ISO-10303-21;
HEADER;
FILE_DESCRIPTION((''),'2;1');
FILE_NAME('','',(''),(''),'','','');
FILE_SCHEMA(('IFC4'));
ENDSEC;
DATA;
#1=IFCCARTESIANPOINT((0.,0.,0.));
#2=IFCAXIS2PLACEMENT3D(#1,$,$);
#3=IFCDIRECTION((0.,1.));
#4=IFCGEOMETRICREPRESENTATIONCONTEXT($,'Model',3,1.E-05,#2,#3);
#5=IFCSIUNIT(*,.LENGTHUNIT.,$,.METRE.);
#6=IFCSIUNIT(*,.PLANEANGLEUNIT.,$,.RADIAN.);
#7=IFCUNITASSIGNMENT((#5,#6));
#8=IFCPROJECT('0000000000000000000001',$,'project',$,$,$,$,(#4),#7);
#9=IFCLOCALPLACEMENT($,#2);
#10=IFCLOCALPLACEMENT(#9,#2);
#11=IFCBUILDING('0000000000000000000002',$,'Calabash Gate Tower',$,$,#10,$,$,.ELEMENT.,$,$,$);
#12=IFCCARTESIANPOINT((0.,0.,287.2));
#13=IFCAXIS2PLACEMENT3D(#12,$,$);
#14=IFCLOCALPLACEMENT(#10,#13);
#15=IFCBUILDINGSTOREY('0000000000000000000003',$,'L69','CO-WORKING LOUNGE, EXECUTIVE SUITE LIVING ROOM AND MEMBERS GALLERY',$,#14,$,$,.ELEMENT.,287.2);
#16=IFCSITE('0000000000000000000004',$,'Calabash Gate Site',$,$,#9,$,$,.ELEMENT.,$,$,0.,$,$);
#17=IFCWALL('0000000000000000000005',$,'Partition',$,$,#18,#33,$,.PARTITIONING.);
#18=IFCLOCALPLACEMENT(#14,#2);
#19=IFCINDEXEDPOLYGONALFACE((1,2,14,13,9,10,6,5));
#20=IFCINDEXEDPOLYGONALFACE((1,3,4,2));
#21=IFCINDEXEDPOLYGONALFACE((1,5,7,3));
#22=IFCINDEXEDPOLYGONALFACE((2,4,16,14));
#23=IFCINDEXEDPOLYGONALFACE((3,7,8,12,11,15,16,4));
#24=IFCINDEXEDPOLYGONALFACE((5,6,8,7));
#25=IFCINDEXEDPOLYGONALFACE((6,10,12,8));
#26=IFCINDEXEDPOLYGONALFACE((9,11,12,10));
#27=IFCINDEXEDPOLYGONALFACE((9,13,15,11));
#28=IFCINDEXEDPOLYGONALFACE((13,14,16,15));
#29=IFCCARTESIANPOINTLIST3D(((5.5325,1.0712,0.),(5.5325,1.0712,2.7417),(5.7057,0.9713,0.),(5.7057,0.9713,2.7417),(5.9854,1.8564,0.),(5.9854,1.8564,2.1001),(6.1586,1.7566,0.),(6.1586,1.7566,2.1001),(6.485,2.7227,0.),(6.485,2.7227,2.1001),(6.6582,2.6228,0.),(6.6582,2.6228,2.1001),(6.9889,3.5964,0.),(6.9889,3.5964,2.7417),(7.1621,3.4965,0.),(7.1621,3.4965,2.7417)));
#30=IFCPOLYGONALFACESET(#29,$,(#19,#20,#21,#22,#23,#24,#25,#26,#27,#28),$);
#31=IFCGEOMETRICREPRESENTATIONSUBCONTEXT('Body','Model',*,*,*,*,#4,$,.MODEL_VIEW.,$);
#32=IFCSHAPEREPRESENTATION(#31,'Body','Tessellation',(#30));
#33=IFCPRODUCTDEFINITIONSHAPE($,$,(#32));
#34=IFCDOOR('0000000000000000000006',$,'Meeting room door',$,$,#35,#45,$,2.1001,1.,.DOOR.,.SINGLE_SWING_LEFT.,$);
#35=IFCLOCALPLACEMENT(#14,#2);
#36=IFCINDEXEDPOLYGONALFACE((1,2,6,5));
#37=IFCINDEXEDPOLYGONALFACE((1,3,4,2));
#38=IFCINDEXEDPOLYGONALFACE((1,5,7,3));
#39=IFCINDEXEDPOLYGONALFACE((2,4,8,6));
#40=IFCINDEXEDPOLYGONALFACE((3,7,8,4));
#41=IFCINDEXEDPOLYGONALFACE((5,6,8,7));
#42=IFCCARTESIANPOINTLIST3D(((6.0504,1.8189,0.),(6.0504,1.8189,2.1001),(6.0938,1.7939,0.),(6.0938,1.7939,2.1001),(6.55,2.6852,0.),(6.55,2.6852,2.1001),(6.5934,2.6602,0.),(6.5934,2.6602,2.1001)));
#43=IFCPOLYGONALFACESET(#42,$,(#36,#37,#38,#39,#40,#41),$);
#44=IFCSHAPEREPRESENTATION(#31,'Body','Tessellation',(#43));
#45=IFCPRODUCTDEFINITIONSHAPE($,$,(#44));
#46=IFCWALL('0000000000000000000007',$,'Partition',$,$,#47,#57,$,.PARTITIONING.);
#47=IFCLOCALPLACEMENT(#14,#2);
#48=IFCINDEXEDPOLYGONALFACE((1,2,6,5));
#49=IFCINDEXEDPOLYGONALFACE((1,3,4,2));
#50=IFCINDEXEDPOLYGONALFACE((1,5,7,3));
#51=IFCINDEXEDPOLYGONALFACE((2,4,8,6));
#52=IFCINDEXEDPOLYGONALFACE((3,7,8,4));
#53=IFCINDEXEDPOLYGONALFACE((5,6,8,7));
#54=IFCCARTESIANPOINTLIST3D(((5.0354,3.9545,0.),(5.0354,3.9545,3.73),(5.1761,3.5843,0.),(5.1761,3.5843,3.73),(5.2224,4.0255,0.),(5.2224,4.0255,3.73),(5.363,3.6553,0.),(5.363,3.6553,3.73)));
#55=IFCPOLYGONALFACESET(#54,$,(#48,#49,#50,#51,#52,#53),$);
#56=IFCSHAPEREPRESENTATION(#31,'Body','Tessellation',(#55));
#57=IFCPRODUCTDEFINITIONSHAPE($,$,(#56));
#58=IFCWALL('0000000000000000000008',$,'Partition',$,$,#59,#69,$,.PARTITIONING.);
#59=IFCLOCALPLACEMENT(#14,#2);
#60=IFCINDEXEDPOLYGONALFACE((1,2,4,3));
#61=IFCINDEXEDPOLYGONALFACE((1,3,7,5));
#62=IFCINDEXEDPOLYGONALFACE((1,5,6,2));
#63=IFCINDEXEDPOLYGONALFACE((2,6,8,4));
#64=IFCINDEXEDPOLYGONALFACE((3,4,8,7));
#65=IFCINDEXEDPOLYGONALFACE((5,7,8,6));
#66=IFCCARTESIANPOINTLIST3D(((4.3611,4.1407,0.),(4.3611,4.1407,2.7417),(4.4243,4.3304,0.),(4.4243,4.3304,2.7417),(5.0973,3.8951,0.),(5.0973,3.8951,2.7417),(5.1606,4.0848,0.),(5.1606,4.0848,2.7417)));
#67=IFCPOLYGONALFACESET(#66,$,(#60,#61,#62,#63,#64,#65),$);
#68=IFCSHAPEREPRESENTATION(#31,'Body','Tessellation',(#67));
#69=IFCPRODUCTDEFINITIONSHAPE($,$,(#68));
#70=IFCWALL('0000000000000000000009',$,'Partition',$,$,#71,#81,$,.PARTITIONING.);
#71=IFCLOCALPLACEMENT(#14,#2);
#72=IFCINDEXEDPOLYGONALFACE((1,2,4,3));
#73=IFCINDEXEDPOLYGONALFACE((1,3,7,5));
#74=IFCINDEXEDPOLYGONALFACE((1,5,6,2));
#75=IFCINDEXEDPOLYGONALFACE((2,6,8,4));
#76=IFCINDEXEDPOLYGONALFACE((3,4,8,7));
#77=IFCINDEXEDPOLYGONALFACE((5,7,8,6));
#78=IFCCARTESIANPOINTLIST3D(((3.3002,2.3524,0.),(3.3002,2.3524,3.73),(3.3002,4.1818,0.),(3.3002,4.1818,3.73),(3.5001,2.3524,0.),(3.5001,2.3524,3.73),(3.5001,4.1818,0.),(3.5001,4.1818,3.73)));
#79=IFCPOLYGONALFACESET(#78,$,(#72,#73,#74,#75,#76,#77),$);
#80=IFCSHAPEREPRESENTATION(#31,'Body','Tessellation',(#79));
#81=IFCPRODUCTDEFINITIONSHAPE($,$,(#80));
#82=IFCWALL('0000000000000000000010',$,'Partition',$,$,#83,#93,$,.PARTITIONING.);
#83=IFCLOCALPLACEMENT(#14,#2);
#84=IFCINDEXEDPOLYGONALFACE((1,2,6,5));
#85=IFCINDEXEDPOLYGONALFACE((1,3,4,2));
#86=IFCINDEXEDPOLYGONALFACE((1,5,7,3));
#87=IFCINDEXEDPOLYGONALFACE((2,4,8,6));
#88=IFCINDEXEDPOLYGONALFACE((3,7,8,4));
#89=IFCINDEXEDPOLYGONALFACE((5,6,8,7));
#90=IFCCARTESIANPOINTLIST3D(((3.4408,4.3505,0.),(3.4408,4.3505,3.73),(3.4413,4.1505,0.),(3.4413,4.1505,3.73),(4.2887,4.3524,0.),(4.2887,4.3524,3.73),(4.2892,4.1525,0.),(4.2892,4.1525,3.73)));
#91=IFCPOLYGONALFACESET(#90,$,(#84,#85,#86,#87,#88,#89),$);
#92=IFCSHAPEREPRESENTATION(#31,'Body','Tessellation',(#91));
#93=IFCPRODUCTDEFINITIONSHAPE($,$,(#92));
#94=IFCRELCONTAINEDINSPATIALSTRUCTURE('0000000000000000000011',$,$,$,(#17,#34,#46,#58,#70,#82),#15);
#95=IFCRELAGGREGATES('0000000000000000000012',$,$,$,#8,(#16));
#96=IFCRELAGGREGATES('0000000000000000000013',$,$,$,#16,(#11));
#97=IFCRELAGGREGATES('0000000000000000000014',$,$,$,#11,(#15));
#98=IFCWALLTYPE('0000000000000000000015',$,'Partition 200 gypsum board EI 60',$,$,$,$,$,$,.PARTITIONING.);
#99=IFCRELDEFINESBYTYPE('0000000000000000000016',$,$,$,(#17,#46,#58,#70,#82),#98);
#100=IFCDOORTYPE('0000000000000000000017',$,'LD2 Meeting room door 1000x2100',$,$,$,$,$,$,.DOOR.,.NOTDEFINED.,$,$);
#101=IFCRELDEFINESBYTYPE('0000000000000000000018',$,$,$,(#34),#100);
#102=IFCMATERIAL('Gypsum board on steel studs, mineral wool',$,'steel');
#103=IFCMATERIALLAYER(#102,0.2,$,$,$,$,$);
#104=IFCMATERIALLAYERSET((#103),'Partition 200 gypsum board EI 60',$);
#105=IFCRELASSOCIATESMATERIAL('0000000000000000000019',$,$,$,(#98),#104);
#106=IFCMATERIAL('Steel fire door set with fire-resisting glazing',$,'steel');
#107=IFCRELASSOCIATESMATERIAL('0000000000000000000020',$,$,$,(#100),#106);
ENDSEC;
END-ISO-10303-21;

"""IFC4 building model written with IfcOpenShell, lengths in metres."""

from ifc_helpers import new_model, si_unit, direction, frame, frame_2d, origin, place, context, subcontext, project, spatial, rectangle, extrude, material, layer, layer_set, type_object, element, fill, save


model = new_model("IFC4")

# Units and contexts
model_context = context("Model", 3, precision=1e-05, world=origin(), true_north=direction((0.0, 1.0)))
body_context = subcontext(model_context, "Body", "Model", "MODEL_VIEW")
ifc_project = project(units=[si_unit("LENGTHUNIT", "METRE"), si_unit("PLANEANGLEUNIT", "RADIAN")], contexts=[model_context])

# Site, building, storey
site_placement = place(None, origin())
site = spatial("IfcSite", under=ifc_project, at=site_placement, Name="Calabash Gate Site", CompositionType="ELEMENT", RefElevation=0.0)
building_placement = place(site_placement, origin())
building = spatial("IfcBuilding", under=site, at=building_placement, Name="Calabash Gate Tower", CompositionType="ELEMENT")
storey_placement = place(building_placement, frame((0.0, 0.0, 287.2)))
storey = spatial("IfcBuildingStorey", under=building, at=storey_placement, Name="L69", Description="CO-WORKING LOUNGE, EXECUTIVE SUITE LIVING ROOM AND MEMBERS GALLERY", CompositionType="ELEMENT", Elevation=287.2)

# Shared definitions
ifc_material_1 = material(Name="Gypsum board on steel studs, mineral wool", Category="steel")
ifc_layer_1 = layer(ifc_material_1, 0.2)
ifc_layer_set_1 = layer_set([ifc_layer_1], Name="Partition 200 gypsum board EI 60")
wall_type_1 = type_object("IfcWallType", Name="Partition 200 gypsum board EI 60", PredefinedType="PARTITIONING", material=ifc_layer_set_1)

# Wall, opening, door
wall_1_placement = place(storey_placement, frame((5.6191, 1.0212, 0.0), z_axis=(0.0, 0.0, 1.0), x_axis=(0.49959, 0.866262, 0.0)))
wall_1 = element("IfcWall", 1, at=wall_1_placement, inside=storey, type_object=wall_type_1, Name="Partition", PredefinedType="PARTITIONING", context=body_context, shape_type="SweptSolid", body=[
    extrude(rectangle(XDim=2.915, YDim=0.2, at=frame_2d((1.4575, 0.0))), origin(), (0.0, 0.0, 1.0), 2.7417),
])
opening_placement = place(wall_1_placement, frame((0.9065, 0.0, 0.0)))
opening = element("IfcOpeningElement", 2, at=opening_placement, cuts=wall_1, PredefinedType="OPENING", context=body_context, shape_type="SweptSolid", body=[
    extrude(rectangle(XDim=1.0, YDim=2.1001, at=frame_2d((0.5, 1.05))), frame((0.0, 0.1099, 0.0), z_axis=(0.0, -1.0, 0.0), x_axis=(1.0, 0.0, 0.0)), (0.0, 0.0, 1.0), 0.22),
])
ifc_material_2 = material(Name="Steel fire door set with fire-resisting glazing", Category="steel")
door_type = type_object("IfcDoorType", Name="LD2 Meeting room door 1000x2100", OperationType="NOTDEFINED", PredefinedType="DOOR", material=ifc_material_2)
door_placement = place(opening_placement, origin())
door = element("IfcDoor", 3, at=door_placement, inside=storey, type_object=door_type, Name="Meeting room door", OperationType="SINGLE_SWING_LEFT", OverallHeight=2.1001, OverallWidth=1.0, PredefinedType="DOOR", context=body_context, shape_type="SweptSolid", body=[
    extrude(rectangle(XDim=1.0, YDim=2.1001, at=frame_2d((0.5, 1.05))), frame((0.0, 0.0249, 0.0), z_axis=(0.0, -1.0, 0.0), x_axis=(1.0, 0.0, 0.0)), (0.0, 0.0, 1.0), 0.05),
])
fill(opening, door)

# Walls
wall_2_placement = place(storey_placement, frame((5.1289, 3.99, 0.0), z_axis=(0.0, 0.0, 1.0), x_axis=(0.355175, -0.9348, 0.0)))
element("IfcWall", 4, at=wall_2_placement, inside=storey, type_object=wall_type_1, Name="Partition", PredefinedType="PARTITIONING", context=body_context, shape_type="SweptSolid", body=[
    extrude(rectangle(XDim=0.396, YDim=0.2, at=frame_2d((0.198, 0.0))), origin(), (0.0, 0.0, 1.0), 3.73),
])
wall_3_placement = place(storey_placement, frame((4.3926, 4.2356, 0.0), z_axis=(0.0, 0.0, 1.0), x_axis=(0.94862, -0.316416, 0.0)))
element("IfcWall", 5, at=wall_3_placement, inside=storey, type_object=wall_type_1, Name="Partition", PredefinedType="PARTITIONING", context=body_context, shape_type="SweptSolid", body=[
    extrude(rectangle(XDim=0.7761, YDim=0.2, at=frame_2d((0.3882, 0.0))), origin(), (0.0, 0.0, 1.0), 2.7417),
])
wall_4_placement = place(storey_placement, frame((3.4001, 2.3525, 0.0), z_axis=(0.0, 0.0, 1.0), x_axis=(0.0, 1.0, 0.0)))
element("IfcWall", 6, at=wall_4_placement, inside=storey, type_object=wall_type_1, Name="Partition", PredefinedType="PARTITIONING", context=body_context, shape_type="SweptSolid", body=[
    extrude(rectangle(XDim=1.8293, YDim=0.2, at=frame_2d((0.9146, 0.0))), origin(), (0.0, 0.0, 1.0), 3.73),
])
wall_5_placement = place(storey_placement, frame((3.4412, 4.2505, 0.0), z_axis=(0.0, 0.0, 1.0), x_axis=(0.999997, 0.002303, 0.0)))
element("IfcWall", 7, at=wall_5_placement, inside=storey, type_object=wall_type_1, Name="Partition", PredefinedType="PARTITIONING", context=body_context, shape_type="SweptSolid", body=[
    extrude(rectangle(XDim=0.8479, YDim=0.2, at=frame_2d((0.4238, 0.0))), origin(), (0.0, 0.0, 1.0), 3.73),
])

save(model, "model.ifc")
